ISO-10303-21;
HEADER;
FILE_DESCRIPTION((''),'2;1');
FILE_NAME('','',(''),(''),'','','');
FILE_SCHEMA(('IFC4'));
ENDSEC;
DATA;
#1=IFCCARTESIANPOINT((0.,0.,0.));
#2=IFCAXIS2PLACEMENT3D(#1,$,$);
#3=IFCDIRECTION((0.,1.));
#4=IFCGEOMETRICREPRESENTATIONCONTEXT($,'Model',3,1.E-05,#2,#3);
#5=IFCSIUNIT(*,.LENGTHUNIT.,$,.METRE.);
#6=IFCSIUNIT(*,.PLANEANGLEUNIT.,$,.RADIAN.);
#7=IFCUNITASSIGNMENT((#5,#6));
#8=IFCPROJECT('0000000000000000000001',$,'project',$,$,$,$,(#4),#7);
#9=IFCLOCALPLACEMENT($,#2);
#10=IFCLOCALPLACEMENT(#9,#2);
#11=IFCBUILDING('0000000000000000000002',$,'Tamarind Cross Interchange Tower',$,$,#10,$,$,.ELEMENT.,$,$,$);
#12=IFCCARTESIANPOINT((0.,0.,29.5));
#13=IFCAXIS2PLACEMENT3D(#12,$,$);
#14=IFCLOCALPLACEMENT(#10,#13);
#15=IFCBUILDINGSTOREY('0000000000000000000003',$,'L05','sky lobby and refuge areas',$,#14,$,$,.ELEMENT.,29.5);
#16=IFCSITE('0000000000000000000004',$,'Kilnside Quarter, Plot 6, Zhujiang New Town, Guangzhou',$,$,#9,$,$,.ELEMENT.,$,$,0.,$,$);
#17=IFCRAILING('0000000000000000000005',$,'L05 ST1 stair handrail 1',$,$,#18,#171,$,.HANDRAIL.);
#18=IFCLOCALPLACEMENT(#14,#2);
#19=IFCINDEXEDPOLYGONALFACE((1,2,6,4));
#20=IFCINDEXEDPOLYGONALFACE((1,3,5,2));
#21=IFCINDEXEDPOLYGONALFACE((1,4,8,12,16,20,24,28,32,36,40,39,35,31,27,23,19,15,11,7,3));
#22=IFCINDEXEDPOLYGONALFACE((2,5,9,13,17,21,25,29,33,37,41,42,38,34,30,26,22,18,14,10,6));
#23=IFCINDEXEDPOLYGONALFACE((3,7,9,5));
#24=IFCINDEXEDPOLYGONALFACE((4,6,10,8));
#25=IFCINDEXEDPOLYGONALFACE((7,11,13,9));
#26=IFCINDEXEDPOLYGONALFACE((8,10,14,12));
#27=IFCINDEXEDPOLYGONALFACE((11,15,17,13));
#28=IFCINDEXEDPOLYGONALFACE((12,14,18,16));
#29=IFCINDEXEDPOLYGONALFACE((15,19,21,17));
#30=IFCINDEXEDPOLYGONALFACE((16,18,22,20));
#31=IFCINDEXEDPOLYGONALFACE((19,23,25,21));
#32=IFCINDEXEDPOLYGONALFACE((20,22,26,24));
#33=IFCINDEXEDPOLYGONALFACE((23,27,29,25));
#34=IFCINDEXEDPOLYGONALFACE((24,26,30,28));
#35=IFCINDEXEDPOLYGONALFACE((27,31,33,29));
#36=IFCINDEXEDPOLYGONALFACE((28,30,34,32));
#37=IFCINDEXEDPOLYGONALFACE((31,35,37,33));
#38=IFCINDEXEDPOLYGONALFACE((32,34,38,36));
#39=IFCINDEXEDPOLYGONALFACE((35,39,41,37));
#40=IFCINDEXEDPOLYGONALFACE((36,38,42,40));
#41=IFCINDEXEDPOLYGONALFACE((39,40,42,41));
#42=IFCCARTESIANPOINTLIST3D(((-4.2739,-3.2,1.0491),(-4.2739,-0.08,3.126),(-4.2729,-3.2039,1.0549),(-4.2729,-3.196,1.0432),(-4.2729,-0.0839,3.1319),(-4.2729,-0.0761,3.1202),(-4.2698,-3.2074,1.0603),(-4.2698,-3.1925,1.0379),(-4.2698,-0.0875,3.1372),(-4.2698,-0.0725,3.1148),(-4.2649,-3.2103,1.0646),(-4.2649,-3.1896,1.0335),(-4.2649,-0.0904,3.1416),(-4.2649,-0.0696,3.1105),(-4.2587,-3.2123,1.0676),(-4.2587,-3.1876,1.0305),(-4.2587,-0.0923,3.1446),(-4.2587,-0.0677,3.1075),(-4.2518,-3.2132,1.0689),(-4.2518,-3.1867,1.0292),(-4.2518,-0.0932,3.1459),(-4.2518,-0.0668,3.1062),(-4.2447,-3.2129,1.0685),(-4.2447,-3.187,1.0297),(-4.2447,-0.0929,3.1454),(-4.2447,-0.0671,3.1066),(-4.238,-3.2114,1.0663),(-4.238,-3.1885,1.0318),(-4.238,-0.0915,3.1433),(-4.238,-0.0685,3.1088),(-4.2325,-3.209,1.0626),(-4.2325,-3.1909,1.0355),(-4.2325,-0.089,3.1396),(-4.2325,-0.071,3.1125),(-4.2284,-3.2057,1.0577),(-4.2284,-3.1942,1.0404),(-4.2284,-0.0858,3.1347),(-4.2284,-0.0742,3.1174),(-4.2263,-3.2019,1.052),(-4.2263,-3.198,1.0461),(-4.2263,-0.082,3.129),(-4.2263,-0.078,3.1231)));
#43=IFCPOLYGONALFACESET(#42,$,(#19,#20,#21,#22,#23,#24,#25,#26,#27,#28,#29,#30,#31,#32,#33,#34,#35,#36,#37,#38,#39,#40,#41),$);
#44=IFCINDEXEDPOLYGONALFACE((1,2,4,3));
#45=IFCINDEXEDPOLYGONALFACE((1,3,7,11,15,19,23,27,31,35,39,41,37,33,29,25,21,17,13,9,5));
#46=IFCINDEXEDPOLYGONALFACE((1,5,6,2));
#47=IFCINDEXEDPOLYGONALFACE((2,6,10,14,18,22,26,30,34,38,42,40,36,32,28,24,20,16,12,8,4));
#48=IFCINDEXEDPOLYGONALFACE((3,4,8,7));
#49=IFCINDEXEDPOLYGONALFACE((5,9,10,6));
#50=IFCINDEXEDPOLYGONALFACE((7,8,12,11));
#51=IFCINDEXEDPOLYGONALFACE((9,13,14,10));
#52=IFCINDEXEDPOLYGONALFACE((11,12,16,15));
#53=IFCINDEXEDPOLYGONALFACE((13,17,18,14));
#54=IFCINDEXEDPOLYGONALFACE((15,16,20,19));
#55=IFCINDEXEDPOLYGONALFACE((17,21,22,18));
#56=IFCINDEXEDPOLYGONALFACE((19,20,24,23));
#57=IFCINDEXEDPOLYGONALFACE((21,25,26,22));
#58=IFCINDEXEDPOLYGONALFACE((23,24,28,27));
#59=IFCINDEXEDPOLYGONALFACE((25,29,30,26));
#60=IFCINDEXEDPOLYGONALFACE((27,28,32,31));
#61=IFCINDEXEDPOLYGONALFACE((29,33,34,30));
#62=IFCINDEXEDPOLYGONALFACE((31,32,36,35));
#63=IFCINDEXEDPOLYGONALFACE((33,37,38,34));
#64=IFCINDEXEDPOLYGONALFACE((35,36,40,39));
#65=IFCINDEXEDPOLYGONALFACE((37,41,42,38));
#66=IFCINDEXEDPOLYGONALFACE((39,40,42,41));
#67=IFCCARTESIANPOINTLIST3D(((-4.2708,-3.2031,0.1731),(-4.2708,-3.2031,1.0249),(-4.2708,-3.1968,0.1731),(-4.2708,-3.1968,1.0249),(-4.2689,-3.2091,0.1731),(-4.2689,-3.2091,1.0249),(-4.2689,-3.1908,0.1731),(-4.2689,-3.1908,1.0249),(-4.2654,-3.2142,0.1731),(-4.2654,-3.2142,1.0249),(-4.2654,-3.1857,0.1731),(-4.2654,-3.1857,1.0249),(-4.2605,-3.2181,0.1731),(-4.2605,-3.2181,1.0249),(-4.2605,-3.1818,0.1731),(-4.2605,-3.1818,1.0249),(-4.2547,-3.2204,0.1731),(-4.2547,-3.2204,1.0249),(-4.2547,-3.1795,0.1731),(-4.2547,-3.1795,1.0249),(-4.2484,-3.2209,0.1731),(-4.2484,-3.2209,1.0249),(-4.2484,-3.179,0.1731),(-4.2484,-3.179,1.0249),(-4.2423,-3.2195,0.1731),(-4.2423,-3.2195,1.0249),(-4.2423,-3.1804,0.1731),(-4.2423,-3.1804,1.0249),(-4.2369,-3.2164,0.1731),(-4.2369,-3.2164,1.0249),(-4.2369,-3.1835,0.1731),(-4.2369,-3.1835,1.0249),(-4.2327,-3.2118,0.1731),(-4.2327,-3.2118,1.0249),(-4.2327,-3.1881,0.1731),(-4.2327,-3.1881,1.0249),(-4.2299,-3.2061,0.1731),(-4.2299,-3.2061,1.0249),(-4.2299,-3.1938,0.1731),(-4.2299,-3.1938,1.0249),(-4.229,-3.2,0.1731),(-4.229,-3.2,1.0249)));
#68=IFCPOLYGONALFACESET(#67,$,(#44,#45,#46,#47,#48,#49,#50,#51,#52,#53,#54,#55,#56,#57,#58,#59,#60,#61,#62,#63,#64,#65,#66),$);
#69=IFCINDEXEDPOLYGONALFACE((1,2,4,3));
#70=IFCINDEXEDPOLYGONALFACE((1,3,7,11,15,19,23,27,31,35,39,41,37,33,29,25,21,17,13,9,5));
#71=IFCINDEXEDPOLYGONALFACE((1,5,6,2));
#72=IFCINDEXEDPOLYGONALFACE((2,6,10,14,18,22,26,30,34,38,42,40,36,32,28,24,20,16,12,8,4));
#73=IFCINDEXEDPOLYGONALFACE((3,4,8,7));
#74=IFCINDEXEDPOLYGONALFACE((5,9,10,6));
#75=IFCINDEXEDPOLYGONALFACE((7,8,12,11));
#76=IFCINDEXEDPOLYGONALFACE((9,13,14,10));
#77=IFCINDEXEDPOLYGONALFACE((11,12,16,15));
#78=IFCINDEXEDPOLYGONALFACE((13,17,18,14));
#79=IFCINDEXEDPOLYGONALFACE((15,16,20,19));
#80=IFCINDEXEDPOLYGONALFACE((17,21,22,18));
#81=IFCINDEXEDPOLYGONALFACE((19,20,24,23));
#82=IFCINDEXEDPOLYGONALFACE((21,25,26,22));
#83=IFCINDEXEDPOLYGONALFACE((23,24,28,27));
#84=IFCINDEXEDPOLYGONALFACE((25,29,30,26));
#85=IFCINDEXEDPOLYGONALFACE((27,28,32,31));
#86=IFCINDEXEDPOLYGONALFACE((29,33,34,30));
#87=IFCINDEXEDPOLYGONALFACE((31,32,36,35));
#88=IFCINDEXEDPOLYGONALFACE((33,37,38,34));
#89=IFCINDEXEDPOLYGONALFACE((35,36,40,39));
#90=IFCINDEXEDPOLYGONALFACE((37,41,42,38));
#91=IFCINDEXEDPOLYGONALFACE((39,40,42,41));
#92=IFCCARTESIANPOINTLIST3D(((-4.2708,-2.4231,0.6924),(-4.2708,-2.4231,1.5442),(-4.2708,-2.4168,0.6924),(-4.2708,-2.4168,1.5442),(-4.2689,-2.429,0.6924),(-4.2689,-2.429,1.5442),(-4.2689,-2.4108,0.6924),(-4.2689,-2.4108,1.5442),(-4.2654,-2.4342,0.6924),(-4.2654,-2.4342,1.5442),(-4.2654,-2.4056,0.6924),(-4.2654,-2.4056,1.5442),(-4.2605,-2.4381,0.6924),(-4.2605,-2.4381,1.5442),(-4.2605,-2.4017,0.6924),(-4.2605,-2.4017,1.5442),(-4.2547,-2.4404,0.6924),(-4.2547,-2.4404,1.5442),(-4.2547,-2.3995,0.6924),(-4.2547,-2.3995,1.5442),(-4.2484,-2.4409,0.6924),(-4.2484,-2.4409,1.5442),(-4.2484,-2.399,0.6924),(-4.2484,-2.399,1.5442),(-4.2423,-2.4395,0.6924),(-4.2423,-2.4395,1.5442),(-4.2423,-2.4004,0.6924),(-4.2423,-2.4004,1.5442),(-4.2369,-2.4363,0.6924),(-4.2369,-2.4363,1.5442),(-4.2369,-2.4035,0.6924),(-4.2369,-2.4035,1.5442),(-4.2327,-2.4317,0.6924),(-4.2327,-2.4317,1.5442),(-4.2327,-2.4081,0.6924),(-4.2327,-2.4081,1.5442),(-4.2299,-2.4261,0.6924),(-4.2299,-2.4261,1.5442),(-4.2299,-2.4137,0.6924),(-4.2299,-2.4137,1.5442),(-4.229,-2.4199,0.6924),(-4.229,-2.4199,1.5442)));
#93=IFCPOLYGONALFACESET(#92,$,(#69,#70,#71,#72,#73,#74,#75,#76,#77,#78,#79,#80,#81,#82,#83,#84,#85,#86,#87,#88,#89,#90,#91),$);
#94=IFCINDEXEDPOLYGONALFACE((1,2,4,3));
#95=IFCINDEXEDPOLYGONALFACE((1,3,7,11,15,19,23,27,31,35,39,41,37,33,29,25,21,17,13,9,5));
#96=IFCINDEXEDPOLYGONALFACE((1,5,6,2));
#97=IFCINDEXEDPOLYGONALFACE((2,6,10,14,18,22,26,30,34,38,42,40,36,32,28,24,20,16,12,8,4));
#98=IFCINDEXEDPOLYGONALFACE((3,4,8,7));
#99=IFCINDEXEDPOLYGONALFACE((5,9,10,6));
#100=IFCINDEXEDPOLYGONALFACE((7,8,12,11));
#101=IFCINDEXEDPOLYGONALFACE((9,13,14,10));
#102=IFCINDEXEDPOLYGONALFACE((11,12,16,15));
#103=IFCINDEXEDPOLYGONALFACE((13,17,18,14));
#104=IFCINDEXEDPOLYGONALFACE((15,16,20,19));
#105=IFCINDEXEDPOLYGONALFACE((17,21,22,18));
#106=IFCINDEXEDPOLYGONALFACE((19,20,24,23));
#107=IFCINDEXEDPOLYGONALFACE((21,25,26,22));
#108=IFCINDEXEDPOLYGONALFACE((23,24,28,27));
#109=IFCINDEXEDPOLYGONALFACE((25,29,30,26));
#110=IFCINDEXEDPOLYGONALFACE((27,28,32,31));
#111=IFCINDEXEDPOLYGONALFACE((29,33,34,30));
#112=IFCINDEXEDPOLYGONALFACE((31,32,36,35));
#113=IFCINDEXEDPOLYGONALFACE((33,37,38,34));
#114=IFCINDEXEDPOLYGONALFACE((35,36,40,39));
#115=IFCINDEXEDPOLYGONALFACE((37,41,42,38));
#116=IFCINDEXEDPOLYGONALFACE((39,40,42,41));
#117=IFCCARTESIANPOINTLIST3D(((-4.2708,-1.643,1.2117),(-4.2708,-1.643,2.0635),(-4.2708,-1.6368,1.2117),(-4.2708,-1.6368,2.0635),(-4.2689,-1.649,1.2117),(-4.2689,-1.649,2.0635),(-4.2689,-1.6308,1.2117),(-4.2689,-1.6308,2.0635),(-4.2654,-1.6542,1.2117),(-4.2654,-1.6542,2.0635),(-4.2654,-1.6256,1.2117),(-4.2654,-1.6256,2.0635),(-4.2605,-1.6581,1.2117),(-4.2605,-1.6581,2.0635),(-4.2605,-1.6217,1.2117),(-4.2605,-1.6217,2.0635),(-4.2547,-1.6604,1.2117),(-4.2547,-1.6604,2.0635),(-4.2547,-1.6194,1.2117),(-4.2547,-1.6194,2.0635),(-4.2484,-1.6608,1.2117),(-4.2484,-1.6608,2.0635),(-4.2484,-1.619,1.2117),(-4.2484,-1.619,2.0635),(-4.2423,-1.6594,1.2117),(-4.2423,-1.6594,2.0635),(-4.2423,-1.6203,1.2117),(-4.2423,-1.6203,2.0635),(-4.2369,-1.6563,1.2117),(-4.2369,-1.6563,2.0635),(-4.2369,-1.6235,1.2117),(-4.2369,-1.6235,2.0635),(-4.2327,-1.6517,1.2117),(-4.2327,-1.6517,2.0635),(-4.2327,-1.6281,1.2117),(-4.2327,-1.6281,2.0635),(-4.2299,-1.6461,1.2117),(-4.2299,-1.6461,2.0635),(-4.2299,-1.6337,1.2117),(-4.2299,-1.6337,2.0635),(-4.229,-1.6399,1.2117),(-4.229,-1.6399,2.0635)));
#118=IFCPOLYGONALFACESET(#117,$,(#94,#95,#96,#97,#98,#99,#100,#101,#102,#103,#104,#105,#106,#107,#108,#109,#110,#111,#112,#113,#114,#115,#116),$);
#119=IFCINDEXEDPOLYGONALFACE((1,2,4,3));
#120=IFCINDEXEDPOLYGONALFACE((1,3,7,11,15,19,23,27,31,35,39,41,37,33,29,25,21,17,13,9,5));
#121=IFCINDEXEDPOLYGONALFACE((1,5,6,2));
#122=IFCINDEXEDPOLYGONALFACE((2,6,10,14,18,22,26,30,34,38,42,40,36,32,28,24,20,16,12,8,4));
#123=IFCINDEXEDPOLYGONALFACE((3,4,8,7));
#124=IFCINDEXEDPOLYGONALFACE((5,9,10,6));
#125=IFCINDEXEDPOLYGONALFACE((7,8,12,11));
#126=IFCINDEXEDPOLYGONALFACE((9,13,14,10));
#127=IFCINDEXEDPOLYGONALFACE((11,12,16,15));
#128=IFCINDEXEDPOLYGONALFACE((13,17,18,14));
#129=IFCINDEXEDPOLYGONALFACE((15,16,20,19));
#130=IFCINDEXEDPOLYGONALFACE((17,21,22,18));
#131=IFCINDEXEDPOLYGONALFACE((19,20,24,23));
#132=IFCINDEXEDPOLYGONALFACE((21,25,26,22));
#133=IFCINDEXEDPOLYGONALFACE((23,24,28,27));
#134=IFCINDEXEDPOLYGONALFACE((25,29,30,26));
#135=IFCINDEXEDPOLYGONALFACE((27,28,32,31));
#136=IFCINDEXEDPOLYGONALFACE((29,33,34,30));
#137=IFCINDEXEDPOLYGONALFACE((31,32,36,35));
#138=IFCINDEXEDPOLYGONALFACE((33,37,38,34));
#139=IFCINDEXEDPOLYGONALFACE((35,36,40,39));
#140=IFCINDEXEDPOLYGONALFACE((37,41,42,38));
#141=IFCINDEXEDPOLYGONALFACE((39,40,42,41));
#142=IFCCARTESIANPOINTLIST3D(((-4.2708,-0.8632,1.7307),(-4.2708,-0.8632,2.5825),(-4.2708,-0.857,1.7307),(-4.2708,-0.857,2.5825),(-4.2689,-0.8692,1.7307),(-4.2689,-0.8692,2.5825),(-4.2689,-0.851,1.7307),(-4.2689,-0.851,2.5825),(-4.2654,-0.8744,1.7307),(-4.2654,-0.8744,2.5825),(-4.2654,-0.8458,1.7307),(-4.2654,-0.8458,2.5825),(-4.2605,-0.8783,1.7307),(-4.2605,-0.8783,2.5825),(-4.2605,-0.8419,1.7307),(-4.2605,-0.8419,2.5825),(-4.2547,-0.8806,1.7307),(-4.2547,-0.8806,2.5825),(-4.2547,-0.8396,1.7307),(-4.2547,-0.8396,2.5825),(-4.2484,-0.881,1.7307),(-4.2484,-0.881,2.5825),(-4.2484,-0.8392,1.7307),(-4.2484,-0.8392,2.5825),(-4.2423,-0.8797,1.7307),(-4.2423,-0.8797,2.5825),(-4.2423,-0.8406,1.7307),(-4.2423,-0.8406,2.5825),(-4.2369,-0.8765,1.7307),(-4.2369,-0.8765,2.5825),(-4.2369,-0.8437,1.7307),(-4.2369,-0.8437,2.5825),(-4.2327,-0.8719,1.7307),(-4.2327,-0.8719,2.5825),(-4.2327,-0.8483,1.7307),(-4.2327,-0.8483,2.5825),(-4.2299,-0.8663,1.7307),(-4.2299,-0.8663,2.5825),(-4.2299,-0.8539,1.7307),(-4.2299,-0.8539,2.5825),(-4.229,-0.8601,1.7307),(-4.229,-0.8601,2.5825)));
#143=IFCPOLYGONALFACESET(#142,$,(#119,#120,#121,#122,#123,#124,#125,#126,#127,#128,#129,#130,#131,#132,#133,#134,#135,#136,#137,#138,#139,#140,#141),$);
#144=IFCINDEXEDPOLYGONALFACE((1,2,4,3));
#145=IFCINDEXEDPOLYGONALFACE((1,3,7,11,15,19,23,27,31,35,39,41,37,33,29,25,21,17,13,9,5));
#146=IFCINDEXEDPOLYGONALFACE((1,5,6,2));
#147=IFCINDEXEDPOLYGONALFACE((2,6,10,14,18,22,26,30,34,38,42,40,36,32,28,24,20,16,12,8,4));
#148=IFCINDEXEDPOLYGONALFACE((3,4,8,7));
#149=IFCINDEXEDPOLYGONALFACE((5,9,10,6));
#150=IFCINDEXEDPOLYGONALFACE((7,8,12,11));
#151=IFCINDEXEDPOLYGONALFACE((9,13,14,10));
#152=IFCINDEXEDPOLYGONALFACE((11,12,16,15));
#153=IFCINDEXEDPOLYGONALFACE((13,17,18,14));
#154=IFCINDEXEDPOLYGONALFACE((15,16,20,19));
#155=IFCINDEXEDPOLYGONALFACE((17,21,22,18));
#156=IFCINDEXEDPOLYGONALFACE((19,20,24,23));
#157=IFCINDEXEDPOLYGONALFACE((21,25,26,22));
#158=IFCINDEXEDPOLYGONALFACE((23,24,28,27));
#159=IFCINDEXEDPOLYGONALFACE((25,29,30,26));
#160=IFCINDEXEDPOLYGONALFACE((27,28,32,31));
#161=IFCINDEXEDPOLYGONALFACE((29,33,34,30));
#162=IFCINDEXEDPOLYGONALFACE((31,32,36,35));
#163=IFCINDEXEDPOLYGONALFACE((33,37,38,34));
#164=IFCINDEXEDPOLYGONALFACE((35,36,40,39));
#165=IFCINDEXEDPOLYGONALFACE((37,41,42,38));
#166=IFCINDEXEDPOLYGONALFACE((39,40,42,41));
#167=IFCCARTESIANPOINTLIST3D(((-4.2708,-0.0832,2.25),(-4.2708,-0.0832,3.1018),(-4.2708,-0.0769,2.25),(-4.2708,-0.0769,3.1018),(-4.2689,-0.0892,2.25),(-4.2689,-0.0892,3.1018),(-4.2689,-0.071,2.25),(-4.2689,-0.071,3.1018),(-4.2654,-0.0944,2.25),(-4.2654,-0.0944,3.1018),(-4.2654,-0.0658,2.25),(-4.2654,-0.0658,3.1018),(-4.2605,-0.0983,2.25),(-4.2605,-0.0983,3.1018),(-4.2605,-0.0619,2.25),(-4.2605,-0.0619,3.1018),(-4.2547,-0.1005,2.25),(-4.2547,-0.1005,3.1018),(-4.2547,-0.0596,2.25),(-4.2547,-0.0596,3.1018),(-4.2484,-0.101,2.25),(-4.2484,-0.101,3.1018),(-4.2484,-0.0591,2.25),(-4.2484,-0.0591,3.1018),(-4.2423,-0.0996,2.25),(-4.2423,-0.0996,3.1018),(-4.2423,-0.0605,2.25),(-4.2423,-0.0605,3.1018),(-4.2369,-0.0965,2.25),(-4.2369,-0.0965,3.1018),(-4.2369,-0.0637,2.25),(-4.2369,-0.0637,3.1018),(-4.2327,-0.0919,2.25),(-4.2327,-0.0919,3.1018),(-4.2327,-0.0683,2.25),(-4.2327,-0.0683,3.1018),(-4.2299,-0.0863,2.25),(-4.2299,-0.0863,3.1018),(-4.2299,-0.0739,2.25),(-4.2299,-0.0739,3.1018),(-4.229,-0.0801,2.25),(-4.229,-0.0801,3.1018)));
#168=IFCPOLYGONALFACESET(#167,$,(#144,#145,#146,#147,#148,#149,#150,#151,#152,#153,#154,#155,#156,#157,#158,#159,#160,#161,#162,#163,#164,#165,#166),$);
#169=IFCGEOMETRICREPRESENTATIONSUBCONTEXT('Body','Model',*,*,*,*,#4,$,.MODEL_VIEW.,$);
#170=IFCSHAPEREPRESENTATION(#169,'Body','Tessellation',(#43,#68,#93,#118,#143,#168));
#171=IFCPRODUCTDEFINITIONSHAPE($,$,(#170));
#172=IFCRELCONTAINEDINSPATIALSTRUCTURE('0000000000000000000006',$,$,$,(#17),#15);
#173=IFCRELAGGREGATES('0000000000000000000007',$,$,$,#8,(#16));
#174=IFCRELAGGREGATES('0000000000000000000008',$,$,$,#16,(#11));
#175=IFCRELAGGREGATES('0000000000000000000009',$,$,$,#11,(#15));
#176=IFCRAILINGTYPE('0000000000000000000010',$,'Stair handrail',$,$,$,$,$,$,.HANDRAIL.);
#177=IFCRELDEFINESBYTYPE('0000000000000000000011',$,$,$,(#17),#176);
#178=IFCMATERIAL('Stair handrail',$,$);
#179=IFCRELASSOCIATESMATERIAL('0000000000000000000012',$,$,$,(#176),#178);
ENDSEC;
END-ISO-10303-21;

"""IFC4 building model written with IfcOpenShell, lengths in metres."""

from ifc_helpers import new_model, si_unit, direction, frame, origin, origin_2d, place, context, subcontext, project, spatial, circle, extrude, material, type_object, element, save


model = new_model("IFC4")

# Units and contexts
model_context = context("Model", 3, precision=1e-05, world=origin(), true_north=direction((0.0, 1.0)))
body_context = subcontext(model_context, "Body", "Model", "MODEL_VIEW")
ifc_project = project(units=[si_unit("LENGTHUNIT", "METRE"), si_unit("PLANEANGLEUNIT", "RADIAN")], contexts=[model_context])

# Site, building, storey
site_placement = place(None, origin())
site = spatial("IfcSite", under=ifc_project, at=site_placement, Name="Kilnside Quarter, Plot 6, Zhujiang New Town, Guangzhou", CompositionType="ELEMENT", RefElevation=0.0)
building_placement = place(site_placement, origin())
building = spatial("IfcBuilding", under=site, at=building_placement, Name="Tamarind Cross Interchange Tower", CompositionType="ELEMENT")
storey_placement = place(building_placement, frame((0.0, 0.0, 29.5)))
storey = spatial("IfcBuildingStorey", under=building, at=storey_placement, Name="L05", Description="sky lobby and refuge areas", CompositionType="ELEMENT", Elevation=29.5)

# Railing
ifc_material_1 = material(Name="Stair handrail")
railing_type_1 = type_object("IfcRailingType", Name="Stair handrail", PredefinedType="HANDRAIL", material=ifc_material_1)
railing_1_placement = place(storey_placement, frame((-4.25, -3.2, 0.1731)))
element("IfcRailing", 1, at=railing_1_placement, inside=storey, type_object=railing_type_1, Name="L05 ST1 stair handrail 1", PredefinedType="HANDRAIL", context=body_context, shape_type="SweptSolid", body=[
    extrude(circle(Radius=0.0239, at=origin_2d()), frame((0.0, 0.0, 0.876), z_axis=(0.0, 0.832421, 0.554144), x_axis=(-1.0, 0.0, 0.0)), (0.0, 0.0, 1.0), 3.748),
    extrude(circle(Radius=0.021, at=origin_2d()), origin(), (0.0, 0.0, 1.0), 0.8518),
    extrude(circle(Radius=0.021, at=origin_2d()), frame((0.0, 0.78, 0.5193)), (0.0, 0.0, 1.0), 0.8518),
    extrude(circle(Radius=0.021, at=origin_2d()), frame((0.0, 1.5601, 1.0386)), (0.0, 0.0, 1.0), 0.8518),
    extrude(circle(Radius=0.021, at=origin_2d()), frame((0.0, 2.3398, 1.5576)), (0.0, 0.0, 1.0), 0.8518),
    extrude(circle(Radius=0.021, at=origin_2d()), frame((0.0, 3.1199, 2.0769)), (0.0, 0.0, 1.0), 0.8518),
])

save(model, "model.ifc")
